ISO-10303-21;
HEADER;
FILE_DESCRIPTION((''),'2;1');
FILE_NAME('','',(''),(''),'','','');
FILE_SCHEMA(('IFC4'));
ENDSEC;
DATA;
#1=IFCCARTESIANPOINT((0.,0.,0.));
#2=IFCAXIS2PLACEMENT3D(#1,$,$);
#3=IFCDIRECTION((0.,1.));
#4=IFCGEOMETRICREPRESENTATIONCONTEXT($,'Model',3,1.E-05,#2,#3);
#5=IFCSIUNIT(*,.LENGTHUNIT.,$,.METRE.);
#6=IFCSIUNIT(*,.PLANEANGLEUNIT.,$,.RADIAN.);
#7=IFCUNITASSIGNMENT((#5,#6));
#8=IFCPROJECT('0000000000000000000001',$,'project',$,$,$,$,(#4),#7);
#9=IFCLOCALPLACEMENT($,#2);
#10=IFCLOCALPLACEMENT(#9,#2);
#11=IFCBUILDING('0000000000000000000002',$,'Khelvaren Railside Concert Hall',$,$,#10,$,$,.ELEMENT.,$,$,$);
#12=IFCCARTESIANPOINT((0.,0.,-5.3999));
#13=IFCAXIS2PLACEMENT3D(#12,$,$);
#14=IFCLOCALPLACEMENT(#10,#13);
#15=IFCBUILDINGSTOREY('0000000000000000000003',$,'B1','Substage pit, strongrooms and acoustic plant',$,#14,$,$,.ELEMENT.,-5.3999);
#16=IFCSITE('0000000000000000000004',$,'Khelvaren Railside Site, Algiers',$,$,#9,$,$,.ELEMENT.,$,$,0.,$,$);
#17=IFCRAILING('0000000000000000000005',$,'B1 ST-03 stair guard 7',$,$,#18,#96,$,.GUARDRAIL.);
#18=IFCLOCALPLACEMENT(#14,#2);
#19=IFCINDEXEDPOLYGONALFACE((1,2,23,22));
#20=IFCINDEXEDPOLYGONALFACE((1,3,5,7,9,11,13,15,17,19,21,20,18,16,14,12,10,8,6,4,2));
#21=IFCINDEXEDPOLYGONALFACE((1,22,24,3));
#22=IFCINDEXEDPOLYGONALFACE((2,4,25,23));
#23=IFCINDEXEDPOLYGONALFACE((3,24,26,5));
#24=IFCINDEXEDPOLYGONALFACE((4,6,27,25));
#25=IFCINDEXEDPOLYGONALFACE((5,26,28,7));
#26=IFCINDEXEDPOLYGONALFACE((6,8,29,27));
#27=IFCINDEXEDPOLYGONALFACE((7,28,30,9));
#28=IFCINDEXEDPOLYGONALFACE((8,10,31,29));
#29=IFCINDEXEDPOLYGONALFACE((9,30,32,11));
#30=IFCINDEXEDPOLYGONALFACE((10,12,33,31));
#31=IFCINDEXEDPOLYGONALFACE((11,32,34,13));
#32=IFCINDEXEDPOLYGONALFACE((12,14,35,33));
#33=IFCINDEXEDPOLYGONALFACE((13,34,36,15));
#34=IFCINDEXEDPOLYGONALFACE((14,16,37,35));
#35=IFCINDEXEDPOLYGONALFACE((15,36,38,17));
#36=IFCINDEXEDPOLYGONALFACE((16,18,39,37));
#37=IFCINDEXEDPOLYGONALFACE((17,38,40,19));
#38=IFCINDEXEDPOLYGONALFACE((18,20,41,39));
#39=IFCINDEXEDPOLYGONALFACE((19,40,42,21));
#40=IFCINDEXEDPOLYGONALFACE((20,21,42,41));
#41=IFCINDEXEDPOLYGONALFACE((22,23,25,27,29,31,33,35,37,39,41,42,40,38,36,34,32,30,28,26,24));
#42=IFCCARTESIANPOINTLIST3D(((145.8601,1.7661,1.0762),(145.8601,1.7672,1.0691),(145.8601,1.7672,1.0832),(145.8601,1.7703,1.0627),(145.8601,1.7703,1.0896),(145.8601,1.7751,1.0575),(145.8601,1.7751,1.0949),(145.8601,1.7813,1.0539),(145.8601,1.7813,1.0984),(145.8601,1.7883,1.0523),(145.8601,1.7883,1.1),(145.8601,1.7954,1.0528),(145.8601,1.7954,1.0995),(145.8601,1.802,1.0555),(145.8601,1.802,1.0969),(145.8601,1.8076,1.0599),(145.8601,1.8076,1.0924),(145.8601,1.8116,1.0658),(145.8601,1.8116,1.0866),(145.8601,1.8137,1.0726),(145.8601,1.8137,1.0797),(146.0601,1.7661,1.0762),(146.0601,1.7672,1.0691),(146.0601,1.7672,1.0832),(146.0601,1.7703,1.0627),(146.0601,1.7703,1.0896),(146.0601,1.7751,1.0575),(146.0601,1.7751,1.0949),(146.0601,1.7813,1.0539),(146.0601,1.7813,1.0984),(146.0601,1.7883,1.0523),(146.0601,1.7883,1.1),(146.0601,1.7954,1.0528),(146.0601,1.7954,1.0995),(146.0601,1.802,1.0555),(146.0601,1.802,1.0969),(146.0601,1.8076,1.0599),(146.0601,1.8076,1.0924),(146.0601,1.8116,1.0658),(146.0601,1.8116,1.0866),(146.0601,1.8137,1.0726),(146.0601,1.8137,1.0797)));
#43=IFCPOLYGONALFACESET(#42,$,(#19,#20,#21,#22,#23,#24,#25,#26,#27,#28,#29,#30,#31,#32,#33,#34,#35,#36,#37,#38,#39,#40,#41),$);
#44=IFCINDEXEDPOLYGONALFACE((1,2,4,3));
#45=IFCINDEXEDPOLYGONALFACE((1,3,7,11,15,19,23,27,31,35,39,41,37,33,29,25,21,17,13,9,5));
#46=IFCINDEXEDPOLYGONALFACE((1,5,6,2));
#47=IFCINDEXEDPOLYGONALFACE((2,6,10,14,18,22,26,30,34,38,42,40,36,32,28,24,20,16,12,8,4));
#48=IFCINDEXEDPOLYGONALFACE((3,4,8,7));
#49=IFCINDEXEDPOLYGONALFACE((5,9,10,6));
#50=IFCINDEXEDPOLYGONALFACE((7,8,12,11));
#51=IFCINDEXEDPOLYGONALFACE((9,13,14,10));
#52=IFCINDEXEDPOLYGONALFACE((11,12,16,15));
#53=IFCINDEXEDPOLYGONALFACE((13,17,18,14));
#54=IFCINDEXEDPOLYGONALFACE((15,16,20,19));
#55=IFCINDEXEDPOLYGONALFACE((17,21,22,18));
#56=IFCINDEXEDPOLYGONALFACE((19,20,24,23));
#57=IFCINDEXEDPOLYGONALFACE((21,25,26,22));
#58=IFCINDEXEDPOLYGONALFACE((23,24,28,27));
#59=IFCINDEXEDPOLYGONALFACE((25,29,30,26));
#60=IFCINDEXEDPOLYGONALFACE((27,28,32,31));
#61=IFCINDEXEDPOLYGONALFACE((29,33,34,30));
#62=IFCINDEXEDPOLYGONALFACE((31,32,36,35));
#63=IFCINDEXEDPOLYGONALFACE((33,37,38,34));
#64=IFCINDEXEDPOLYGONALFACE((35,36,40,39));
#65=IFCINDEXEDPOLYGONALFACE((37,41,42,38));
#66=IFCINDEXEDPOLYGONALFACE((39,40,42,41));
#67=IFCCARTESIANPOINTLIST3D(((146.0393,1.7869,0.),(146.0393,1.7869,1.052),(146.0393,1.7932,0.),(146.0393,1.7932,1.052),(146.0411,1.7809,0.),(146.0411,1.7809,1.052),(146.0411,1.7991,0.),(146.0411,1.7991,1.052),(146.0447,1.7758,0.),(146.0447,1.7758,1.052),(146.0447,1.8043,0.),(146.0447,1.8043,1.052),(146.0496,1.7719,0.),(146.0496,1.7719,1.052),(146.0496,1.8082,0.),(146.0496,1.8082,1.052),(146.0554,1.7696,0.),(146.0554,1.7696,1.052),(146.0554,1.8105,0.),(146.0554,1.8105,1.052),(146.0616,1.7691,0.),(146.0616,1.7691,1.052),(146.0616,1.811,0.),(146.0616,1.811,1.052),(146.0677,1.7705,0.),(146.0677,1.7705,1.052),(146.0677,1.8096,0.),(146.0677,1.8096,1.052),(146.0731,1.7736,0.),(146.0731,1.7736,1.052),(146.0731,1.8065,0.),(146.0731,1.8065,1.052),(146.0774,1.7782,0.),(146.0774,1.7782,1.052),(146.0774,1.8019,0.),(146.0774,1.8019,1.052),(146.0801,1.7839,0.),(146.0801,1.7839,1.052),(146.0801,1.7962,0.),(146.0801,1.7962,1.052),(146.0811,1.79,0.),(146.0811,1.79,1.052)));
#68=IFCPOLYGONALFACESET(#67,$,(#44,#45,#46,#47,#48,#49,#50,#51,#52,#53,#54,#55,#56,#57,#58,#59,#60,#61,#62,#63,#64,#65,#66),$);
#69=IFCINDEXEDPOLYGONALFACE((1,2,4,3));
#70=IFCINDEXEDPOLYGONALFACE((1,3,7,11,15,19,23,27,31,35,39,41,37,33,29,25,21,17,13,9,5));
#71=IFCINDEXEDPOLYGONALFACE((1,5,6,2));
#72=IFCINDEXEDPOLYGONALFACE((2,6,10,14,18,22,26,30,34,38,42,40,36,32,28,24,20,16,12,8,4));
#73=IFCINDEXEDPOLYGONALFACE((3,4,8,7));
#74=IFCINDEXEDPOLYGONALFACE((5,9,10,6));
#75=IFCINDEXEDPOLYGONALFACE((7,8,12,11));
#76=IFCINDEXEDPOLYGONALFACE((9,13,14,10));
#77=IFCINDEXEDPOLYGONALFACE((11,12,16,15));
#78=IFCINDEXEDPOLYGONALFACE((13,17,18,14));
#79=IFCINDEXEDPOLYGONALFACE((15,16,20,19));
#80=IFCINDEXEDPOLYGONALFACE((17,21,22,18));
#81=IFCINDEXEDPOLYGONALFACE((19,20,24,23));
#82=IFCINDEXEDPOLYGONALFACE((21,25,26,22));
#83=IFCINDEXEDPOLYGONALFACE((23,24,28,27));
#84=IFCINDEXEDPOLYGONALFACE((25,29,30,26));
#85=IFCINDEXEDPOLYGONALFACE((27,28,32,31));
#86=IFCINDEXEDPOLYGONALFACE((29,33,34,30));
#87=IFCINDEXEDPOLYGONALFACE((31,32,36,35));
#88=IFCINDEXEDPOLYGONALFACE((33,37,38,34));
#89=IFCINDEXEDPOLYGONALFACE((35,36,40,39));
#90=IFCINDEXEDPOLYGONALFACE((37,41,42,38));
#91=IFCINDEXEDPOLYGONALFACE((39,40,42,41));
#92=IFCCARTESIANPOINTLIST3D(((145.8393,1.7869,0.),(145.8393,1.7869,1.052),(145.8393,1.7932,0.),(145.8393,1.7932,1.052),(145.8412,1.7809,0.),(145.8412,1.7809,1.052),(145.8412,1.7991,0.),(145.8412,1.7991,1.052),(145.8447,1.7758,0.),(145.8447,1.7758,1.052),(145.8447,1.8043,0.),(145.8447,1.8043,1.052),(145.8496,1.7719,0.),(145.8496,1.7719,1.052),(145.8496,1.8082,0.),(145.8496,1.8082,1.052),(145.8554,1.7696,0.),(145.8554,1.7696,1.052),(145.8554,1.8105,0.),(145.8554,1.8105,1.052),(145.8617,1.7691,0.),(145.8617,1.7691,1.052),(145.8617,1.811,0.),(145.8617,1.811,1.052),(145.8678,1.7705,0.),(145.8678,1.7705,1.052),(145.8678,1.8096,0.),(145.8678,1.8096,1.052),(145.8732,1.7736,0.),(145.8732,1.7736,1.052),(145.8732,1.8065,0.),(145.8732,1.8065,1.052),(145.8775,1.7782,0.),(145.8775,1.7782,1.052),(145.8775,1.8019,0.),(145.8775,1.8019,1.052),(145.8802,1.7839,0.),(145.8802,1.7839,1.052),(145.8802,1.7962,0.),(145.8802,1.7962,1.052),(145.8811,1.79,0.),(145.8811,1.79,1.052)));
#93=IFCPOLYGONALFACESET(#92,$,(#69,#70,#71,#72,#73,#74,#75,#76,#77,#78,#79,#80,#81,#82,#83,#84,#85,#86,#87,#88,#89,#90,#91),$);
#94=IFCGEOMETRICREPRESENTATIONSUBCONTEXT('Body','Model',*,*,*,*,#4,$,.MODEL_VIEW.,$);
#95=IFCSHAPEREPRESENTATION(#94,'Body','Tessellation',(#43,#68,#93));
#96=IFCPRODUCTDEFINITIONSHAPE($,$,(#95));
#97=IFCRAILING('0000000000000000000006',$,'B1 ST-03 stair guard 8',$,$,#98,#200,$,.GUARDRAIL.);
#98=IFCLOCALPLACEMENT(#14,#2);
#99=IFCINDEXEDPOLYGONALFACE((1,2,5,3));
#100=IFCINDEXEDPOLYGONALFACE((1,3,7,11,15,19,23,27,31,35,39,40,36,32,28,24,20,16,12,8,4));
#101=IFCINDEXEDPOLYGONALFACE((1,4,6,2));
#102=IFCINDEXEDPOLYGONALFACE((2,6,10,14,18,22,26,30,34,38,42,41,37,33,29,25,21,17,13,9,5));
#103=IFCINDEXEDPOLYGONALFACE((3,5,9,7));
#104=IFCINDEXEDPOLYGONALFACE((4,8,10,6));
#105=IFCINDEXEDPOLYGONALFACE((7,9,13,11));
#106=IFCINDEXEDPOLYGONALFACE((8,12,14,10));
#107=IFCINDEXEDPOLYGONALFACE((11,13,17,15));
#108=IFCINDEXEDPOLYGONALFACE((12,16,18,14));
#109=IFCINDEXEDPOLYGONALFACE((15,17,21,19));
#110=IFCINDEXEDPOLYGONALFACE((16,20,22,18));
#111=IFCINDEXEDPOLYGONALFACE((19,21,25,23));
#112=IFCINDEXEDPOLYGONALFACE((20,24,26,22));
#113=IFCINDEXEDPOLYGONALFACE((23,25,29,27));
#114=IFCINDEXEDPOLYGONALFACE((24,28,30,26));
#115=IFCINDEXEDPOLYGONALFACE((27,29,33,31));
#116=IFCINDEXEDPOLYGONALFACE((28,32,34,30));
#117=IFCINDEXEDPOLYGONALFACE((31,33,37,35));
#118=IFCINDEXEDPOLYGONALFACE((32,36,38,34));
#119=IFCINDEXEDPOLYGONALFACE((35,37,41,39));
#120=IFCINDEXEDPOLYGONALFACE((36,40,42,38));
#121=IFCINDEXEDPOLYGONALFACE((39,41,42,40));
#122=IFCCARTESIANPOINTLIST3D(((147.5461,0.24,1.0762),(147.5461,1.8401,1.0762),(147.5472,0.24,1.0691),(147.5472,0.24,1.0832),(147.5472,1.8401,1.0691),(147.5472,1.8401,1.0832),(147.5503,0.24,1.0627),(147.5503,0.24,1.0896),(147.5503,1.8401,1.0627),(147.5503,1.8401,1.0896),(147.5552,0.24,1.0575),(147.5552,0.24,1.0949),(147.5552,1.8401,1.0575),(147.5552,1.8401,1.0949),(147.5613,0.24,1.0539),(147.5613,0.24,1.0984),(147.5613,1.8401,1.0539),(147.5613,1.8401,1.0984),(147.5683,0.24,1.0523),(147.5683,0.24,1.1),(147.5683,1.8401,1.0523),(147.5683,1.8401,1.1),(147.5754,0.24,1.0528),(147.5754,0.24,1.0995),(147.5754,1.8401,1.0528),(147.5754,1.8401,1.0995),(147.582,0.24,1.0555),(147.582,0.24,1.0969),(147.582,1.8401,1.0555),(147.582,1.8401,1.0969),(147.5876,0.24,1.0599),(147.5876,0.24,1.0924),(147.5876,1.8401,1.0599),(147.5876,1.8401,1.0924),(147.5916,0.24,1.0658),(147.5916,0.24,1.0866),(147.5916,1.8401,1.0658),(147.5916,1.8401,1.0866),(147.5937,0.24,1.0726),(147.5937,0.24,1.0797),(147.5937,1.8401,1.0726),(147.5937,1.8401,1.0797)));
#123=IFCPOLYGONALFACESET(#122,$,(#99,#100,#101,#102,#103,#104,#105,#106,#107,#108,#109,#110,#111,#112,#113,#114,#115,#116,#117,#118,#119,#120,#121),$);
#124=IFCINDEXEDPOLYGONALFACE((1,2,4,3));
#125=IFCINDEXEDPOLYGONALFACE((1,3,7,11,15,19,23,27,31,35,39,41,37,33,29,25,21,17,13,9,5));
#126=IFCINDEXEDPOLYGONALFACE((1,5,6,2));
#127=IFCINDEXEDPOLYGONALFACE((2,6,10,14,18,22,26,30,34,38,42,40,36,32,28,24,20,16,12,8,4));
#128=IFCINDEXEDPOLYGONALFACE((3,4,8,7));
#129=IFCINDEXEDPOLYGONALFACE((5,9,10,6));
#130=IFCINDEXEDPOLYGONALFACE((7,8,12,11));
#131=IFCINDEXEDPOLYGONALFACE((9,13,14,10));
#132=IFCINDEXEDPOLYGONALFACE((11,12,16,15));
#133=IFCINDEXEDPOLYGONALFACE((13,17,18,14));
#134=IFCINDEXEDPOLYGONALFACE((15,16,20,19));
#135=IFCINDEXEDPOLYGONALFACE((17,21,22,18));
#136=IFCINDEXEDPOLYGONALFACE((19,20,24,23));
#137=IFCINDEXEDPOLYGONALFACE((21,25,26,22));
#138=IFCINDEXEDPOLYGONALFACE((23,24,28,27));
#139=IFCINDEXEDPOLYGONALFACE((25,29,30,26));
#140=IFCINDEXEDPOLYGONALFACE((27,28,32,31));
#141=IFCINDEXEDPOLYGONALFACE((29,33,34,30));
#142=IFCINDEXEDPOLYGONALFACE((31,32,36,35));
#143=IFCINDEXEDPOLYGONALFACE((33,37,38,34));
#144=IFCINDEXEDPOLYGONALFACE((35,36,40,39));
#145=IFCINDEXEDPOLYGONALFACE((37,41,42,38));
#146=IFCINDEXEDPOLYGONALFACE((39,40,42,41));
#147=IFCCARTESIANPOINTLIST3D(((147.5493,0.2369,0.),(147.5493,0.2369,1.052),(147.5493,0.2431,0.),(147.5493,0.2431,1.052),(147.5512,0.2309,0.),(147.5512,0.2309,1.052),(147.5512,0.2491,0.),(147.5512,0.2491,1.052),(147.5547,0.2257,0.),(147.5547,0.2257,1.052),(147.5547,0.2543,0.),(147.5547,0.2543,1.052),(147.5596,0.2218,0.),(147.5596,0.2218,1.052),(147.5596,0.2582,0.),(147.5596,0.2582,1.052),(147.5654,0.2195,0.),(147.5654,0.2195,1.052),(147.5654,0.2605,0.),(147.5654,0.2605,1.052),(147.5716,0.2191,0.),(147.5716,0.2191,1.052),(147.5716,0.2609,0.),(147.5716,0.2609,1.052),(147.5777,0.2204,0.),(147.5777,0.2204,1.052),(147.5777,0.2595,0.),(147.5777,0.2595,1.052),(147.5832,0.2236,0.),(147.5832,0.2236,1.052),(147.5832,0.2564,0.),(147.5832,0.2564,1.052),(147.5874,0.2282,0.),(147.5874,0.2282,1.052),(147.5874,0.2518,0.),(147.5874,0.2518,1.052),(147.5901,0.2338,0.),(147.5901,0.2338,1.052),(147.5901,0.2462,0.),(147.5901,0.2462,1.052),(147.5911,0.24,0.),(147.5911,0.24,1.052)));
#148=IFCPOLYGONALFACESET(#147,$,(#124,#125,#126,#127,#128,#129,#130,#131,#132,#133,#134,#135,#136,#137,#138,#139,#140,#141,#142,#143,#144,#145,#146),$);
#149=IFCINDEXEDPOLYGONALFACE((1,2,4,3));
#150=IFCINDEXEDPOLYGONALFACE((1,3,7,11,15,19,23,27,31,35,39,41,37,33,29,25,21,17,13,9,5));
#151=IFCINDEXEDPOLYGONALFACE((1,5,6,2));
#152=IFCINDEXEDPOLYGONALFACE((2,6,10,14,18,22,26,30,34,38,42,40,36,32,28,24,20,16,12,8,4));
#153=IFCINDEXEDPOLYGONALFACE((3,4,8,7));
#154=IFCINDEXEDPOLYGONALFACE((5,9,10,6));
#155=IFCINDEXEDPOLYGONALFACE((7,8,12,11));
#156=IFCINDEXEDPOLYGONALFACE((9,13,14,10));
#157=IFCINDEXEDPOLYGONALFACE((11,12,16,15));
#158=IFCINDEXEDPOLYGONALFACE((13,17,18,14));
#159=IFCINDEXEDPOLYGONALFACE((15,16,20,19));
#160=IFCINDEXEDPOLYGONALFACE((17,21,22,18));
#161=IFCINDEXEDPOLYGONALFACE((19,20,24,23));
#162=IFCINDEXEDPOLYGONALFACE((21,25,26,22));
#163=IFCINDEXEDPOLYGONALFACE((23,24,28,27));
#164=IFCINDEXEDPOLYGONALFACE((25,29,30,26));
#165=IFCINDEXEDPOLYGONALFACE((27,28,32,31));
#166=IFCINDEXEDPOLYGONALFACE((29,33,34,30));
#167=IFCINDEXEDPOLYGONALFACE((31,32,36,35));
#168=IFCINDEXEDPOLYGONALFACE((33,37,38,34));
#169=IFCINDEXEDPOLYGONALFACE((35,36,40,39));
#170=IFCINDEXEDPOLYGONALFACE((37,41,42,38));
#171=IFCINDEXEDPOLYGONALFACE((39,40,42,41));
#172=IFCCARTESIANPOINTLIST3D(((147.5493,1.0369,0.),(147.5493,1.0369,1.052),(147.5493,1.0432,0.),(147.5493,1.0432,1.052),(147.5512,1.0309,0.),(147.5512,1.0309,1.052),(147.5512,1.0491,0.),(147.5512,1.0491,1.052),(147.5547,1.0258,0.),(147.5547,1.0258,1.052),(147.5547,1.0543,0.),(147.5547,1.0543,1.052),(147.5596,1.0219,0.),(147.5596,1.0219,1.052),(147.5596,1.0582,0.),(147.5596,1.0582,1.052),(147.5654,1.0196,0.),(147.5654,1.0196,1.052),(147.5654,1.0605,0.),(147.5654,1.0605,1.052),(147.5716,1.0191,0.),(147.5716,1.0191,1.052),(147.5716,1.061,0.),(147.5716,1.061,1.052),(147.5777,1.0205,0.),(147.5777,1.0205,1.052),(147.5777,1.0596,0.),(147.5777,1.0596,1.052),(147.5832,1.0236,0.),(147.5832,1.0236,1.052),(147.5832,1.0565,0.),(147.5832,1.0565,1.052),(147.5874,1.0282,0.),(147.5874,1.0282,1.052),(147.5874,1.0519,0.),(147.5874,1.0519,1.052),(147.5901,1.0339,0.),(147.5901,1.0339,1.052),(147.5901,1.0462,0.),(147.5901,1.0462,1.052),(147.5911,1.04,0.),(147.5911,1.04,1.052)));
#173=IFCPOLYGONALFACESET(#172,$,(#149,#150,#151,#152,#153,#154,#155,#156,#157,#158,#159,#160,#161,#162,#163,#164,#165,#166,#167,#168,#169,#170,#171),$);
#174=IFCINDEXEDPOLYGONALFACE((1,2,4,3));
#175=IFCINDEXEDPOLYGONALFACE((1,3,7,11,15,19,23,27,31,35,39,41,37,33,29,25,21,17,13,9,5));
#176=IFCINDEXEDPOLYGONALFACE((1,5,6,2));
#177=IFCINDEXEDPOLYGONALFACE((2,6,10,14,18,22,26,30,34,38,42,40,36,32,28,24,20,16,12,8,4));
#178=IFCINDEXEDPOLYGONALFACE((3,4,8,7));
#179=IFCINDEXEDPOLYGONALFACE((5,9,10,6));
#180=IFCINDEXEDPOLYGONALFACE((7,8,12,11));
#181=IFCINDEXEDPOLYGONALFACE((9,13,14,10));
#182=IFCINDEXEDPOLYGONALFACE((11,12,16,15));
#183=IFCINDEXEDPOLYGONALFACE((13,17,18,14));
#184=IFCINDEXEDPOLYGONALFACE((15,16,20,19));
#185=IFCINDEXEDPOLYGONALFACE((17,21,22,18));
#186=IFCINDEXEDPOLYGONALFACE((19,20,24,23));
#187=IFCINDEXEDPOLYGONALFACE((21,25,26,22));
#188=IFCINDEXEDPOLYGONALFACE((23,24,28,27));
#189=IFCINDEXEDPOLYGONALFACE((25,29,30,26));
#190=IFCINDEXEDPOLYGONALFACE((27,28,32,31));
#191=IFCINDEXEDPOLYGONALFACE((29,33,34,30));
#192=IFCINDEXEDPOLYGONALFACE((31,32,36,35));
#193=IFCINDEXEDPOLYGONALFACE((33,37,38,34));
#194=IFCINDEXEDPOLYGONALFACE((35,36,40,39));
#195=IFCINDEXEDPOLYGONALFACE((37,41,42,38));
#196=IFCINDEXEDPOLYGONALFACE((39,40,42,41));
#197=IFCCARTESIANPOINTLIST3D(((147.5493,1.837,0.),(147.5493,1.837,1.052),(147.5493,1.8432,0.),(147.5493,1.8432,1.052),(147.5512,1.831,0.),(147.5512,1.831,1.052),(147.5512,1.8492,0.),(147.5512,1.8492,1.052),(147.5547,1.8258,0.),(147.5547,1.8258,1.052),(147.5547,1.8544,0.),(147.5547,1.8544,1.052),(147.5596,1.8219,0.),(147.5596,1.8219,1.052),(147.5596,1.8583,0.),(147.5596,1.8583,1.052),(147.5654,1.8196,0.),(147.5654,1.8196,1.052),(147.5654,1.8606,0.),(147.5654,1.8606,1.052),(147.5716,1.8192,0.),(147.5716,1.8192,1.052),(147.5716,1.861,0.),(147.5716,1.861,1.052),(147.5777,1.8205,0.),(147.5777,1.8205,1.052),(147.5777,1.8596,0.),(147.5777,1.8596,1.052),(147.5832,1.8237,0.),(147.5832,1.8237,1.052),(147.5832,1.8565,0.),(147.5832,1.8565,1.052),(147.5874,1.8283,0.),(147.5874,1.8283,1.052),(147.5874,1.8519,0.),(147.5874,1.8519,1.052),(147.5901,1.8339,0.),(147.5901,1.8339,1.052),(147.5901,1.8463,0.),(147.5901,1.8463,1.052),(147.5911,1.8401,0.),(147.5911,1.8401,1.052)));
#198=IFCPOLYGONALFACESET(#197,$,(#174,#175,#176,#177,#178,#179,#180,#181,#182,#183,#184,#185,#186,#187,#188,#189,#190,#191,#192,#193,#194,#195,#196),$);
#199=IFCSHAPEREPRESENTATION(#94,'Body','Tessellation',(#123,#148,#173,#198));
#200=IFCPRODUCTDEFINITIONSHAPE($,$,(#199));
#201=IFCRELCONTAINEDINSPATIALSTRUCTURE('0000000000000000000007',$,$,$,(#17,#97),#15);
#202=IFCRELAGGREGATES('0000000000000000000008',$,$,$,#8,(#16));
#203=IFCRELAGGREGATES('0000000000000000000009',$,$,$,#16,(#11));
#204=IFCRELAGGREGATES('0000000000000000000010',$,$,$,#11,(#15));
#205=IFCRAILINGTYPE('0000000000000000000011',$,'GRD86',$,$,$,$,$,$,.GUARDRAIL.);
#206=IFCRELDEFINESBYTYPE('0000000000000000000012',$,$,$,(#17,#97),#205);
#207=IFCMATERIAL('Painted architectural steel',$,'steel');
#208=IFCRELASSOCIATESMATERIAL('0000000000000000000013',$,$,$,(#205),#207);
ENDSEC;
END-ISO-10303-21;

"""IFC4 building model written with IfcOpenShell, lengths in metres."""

from ifc_helpers import new_model, si_unit, direction, frame, origin, origin_2d, place, context, subcontext, project, spatial, circle, extrude, material, type_object, element, save


model = new_model("IFC4")

# Units and contexts
model_context = context("Model", 3, precision=1e-05, world=origin(), true_north=direction((0.0, 1.0)))
body_context = subcontext(model_context, "Body", "Model", "MODEL_VIEW")
ifc_project = project(units=[si_unit("LENGTHUNIT", "METRE"), si_unit("PLANEANGLEUNIT", "RADIAN")], contexts=[model_context])

# Site, building, storey
site_placement = place(None, origin())
site = spatial("IfcSite", under=ifc_project, at=site_placement, Name="Khelvaren Railside Site, Algiers", CompositionType="ELEMENT", RefElevation=0.0)
building_placement = place(site_placement, origin())
building = spatial("IfcBuilding", under=site, at=building_placement, Name="Khelvaren Railside Concert Hall", CompositionType="ELEMENT")
storey_placement = place(building_placement, frame((0.0, 0.0, -5.3999)))
storey = spatial("IfcBuildingStorey", under=building, at=storey_placement, Name="B1", Description="Substage pit, strongrooms and acoustic plant", CompositionType="ELEMENT", Elevation=-5.3999)

# Railings
ifc_material_1 = material(Name="Painted architectural steel", Category="steel")
railing_type_1 = type_object("IfcRailingType", Name="GRD86", PredefinedType="GUARDRAIL", material=ifc_material_1)
railing_1_placement = place(storey_placement, frame((146.0601, 1.79, 0.0)))
element("IfcRailing", 1, at=railing_1_placement, inside=storey, type_object=railing_type_1, Name="B1 ST-03 stair guard 7", PredefinedType="GUARDRAIL", context=body_context, shape_type="SweptSolid", body=[
    extrude(circle(Radius=0.0239, at=origin_2d()), frame((0.0, 0.0, 1.0762), z_axis=(-1.0, 0.0, 0.0), x_axis=(0.0, -1.0, 0.0)), (0.0, 0.0, 1.0), 0.2),
    extrude(circle(Radius=0.021, at=origin_2d()), origin(), (0.0, 0.0, 1.0), 1.052),
    extrude(circle(Radius=0.021, at=origin_2d()), frame((-0.2, 0.0, 0.0)), (0.0, 0.0, 1.0), 1.052),
])
railing_2_placement = place(storey_placement, frame((147.5701, 0.24, 0.0)))
element("IfcRailing", 2, at=railing_2_placement, inside=storey, type_object=railing_type_1, Name="B1 ST-03 stair guard 8", PredefinedType="GUARDRAIL", context=body_context, shape_type="SweptSolid", body=[
    extrude(circle(Radius=0.0239, at=origin_2d()), frame((0.0, 0.0, 1.0762), z_axis=(0.0, 1.0, 0.0), x_axis=(-1.0, 0.0, 0.0)), (0.0, 0.0, 1.0), 1.6001),
    extrude(circle(Radius=0.021, at=origin_2d()), origin(), (0.0, 0.0, 1.0), 1.052),
    extrude(circle(Radius=0.021, at=origin_2d()), frame((0.0, 0.8, 0.0)), (0.0, 0.0, 1.0), 1.052),
    extrude(circle(Radius=0.021, at=origin_2d()), frame((0.0, 1.6001, 0.0)), (0.0, 0.0, 1.0), 1.052),
])

save(model, "model.ifc")
